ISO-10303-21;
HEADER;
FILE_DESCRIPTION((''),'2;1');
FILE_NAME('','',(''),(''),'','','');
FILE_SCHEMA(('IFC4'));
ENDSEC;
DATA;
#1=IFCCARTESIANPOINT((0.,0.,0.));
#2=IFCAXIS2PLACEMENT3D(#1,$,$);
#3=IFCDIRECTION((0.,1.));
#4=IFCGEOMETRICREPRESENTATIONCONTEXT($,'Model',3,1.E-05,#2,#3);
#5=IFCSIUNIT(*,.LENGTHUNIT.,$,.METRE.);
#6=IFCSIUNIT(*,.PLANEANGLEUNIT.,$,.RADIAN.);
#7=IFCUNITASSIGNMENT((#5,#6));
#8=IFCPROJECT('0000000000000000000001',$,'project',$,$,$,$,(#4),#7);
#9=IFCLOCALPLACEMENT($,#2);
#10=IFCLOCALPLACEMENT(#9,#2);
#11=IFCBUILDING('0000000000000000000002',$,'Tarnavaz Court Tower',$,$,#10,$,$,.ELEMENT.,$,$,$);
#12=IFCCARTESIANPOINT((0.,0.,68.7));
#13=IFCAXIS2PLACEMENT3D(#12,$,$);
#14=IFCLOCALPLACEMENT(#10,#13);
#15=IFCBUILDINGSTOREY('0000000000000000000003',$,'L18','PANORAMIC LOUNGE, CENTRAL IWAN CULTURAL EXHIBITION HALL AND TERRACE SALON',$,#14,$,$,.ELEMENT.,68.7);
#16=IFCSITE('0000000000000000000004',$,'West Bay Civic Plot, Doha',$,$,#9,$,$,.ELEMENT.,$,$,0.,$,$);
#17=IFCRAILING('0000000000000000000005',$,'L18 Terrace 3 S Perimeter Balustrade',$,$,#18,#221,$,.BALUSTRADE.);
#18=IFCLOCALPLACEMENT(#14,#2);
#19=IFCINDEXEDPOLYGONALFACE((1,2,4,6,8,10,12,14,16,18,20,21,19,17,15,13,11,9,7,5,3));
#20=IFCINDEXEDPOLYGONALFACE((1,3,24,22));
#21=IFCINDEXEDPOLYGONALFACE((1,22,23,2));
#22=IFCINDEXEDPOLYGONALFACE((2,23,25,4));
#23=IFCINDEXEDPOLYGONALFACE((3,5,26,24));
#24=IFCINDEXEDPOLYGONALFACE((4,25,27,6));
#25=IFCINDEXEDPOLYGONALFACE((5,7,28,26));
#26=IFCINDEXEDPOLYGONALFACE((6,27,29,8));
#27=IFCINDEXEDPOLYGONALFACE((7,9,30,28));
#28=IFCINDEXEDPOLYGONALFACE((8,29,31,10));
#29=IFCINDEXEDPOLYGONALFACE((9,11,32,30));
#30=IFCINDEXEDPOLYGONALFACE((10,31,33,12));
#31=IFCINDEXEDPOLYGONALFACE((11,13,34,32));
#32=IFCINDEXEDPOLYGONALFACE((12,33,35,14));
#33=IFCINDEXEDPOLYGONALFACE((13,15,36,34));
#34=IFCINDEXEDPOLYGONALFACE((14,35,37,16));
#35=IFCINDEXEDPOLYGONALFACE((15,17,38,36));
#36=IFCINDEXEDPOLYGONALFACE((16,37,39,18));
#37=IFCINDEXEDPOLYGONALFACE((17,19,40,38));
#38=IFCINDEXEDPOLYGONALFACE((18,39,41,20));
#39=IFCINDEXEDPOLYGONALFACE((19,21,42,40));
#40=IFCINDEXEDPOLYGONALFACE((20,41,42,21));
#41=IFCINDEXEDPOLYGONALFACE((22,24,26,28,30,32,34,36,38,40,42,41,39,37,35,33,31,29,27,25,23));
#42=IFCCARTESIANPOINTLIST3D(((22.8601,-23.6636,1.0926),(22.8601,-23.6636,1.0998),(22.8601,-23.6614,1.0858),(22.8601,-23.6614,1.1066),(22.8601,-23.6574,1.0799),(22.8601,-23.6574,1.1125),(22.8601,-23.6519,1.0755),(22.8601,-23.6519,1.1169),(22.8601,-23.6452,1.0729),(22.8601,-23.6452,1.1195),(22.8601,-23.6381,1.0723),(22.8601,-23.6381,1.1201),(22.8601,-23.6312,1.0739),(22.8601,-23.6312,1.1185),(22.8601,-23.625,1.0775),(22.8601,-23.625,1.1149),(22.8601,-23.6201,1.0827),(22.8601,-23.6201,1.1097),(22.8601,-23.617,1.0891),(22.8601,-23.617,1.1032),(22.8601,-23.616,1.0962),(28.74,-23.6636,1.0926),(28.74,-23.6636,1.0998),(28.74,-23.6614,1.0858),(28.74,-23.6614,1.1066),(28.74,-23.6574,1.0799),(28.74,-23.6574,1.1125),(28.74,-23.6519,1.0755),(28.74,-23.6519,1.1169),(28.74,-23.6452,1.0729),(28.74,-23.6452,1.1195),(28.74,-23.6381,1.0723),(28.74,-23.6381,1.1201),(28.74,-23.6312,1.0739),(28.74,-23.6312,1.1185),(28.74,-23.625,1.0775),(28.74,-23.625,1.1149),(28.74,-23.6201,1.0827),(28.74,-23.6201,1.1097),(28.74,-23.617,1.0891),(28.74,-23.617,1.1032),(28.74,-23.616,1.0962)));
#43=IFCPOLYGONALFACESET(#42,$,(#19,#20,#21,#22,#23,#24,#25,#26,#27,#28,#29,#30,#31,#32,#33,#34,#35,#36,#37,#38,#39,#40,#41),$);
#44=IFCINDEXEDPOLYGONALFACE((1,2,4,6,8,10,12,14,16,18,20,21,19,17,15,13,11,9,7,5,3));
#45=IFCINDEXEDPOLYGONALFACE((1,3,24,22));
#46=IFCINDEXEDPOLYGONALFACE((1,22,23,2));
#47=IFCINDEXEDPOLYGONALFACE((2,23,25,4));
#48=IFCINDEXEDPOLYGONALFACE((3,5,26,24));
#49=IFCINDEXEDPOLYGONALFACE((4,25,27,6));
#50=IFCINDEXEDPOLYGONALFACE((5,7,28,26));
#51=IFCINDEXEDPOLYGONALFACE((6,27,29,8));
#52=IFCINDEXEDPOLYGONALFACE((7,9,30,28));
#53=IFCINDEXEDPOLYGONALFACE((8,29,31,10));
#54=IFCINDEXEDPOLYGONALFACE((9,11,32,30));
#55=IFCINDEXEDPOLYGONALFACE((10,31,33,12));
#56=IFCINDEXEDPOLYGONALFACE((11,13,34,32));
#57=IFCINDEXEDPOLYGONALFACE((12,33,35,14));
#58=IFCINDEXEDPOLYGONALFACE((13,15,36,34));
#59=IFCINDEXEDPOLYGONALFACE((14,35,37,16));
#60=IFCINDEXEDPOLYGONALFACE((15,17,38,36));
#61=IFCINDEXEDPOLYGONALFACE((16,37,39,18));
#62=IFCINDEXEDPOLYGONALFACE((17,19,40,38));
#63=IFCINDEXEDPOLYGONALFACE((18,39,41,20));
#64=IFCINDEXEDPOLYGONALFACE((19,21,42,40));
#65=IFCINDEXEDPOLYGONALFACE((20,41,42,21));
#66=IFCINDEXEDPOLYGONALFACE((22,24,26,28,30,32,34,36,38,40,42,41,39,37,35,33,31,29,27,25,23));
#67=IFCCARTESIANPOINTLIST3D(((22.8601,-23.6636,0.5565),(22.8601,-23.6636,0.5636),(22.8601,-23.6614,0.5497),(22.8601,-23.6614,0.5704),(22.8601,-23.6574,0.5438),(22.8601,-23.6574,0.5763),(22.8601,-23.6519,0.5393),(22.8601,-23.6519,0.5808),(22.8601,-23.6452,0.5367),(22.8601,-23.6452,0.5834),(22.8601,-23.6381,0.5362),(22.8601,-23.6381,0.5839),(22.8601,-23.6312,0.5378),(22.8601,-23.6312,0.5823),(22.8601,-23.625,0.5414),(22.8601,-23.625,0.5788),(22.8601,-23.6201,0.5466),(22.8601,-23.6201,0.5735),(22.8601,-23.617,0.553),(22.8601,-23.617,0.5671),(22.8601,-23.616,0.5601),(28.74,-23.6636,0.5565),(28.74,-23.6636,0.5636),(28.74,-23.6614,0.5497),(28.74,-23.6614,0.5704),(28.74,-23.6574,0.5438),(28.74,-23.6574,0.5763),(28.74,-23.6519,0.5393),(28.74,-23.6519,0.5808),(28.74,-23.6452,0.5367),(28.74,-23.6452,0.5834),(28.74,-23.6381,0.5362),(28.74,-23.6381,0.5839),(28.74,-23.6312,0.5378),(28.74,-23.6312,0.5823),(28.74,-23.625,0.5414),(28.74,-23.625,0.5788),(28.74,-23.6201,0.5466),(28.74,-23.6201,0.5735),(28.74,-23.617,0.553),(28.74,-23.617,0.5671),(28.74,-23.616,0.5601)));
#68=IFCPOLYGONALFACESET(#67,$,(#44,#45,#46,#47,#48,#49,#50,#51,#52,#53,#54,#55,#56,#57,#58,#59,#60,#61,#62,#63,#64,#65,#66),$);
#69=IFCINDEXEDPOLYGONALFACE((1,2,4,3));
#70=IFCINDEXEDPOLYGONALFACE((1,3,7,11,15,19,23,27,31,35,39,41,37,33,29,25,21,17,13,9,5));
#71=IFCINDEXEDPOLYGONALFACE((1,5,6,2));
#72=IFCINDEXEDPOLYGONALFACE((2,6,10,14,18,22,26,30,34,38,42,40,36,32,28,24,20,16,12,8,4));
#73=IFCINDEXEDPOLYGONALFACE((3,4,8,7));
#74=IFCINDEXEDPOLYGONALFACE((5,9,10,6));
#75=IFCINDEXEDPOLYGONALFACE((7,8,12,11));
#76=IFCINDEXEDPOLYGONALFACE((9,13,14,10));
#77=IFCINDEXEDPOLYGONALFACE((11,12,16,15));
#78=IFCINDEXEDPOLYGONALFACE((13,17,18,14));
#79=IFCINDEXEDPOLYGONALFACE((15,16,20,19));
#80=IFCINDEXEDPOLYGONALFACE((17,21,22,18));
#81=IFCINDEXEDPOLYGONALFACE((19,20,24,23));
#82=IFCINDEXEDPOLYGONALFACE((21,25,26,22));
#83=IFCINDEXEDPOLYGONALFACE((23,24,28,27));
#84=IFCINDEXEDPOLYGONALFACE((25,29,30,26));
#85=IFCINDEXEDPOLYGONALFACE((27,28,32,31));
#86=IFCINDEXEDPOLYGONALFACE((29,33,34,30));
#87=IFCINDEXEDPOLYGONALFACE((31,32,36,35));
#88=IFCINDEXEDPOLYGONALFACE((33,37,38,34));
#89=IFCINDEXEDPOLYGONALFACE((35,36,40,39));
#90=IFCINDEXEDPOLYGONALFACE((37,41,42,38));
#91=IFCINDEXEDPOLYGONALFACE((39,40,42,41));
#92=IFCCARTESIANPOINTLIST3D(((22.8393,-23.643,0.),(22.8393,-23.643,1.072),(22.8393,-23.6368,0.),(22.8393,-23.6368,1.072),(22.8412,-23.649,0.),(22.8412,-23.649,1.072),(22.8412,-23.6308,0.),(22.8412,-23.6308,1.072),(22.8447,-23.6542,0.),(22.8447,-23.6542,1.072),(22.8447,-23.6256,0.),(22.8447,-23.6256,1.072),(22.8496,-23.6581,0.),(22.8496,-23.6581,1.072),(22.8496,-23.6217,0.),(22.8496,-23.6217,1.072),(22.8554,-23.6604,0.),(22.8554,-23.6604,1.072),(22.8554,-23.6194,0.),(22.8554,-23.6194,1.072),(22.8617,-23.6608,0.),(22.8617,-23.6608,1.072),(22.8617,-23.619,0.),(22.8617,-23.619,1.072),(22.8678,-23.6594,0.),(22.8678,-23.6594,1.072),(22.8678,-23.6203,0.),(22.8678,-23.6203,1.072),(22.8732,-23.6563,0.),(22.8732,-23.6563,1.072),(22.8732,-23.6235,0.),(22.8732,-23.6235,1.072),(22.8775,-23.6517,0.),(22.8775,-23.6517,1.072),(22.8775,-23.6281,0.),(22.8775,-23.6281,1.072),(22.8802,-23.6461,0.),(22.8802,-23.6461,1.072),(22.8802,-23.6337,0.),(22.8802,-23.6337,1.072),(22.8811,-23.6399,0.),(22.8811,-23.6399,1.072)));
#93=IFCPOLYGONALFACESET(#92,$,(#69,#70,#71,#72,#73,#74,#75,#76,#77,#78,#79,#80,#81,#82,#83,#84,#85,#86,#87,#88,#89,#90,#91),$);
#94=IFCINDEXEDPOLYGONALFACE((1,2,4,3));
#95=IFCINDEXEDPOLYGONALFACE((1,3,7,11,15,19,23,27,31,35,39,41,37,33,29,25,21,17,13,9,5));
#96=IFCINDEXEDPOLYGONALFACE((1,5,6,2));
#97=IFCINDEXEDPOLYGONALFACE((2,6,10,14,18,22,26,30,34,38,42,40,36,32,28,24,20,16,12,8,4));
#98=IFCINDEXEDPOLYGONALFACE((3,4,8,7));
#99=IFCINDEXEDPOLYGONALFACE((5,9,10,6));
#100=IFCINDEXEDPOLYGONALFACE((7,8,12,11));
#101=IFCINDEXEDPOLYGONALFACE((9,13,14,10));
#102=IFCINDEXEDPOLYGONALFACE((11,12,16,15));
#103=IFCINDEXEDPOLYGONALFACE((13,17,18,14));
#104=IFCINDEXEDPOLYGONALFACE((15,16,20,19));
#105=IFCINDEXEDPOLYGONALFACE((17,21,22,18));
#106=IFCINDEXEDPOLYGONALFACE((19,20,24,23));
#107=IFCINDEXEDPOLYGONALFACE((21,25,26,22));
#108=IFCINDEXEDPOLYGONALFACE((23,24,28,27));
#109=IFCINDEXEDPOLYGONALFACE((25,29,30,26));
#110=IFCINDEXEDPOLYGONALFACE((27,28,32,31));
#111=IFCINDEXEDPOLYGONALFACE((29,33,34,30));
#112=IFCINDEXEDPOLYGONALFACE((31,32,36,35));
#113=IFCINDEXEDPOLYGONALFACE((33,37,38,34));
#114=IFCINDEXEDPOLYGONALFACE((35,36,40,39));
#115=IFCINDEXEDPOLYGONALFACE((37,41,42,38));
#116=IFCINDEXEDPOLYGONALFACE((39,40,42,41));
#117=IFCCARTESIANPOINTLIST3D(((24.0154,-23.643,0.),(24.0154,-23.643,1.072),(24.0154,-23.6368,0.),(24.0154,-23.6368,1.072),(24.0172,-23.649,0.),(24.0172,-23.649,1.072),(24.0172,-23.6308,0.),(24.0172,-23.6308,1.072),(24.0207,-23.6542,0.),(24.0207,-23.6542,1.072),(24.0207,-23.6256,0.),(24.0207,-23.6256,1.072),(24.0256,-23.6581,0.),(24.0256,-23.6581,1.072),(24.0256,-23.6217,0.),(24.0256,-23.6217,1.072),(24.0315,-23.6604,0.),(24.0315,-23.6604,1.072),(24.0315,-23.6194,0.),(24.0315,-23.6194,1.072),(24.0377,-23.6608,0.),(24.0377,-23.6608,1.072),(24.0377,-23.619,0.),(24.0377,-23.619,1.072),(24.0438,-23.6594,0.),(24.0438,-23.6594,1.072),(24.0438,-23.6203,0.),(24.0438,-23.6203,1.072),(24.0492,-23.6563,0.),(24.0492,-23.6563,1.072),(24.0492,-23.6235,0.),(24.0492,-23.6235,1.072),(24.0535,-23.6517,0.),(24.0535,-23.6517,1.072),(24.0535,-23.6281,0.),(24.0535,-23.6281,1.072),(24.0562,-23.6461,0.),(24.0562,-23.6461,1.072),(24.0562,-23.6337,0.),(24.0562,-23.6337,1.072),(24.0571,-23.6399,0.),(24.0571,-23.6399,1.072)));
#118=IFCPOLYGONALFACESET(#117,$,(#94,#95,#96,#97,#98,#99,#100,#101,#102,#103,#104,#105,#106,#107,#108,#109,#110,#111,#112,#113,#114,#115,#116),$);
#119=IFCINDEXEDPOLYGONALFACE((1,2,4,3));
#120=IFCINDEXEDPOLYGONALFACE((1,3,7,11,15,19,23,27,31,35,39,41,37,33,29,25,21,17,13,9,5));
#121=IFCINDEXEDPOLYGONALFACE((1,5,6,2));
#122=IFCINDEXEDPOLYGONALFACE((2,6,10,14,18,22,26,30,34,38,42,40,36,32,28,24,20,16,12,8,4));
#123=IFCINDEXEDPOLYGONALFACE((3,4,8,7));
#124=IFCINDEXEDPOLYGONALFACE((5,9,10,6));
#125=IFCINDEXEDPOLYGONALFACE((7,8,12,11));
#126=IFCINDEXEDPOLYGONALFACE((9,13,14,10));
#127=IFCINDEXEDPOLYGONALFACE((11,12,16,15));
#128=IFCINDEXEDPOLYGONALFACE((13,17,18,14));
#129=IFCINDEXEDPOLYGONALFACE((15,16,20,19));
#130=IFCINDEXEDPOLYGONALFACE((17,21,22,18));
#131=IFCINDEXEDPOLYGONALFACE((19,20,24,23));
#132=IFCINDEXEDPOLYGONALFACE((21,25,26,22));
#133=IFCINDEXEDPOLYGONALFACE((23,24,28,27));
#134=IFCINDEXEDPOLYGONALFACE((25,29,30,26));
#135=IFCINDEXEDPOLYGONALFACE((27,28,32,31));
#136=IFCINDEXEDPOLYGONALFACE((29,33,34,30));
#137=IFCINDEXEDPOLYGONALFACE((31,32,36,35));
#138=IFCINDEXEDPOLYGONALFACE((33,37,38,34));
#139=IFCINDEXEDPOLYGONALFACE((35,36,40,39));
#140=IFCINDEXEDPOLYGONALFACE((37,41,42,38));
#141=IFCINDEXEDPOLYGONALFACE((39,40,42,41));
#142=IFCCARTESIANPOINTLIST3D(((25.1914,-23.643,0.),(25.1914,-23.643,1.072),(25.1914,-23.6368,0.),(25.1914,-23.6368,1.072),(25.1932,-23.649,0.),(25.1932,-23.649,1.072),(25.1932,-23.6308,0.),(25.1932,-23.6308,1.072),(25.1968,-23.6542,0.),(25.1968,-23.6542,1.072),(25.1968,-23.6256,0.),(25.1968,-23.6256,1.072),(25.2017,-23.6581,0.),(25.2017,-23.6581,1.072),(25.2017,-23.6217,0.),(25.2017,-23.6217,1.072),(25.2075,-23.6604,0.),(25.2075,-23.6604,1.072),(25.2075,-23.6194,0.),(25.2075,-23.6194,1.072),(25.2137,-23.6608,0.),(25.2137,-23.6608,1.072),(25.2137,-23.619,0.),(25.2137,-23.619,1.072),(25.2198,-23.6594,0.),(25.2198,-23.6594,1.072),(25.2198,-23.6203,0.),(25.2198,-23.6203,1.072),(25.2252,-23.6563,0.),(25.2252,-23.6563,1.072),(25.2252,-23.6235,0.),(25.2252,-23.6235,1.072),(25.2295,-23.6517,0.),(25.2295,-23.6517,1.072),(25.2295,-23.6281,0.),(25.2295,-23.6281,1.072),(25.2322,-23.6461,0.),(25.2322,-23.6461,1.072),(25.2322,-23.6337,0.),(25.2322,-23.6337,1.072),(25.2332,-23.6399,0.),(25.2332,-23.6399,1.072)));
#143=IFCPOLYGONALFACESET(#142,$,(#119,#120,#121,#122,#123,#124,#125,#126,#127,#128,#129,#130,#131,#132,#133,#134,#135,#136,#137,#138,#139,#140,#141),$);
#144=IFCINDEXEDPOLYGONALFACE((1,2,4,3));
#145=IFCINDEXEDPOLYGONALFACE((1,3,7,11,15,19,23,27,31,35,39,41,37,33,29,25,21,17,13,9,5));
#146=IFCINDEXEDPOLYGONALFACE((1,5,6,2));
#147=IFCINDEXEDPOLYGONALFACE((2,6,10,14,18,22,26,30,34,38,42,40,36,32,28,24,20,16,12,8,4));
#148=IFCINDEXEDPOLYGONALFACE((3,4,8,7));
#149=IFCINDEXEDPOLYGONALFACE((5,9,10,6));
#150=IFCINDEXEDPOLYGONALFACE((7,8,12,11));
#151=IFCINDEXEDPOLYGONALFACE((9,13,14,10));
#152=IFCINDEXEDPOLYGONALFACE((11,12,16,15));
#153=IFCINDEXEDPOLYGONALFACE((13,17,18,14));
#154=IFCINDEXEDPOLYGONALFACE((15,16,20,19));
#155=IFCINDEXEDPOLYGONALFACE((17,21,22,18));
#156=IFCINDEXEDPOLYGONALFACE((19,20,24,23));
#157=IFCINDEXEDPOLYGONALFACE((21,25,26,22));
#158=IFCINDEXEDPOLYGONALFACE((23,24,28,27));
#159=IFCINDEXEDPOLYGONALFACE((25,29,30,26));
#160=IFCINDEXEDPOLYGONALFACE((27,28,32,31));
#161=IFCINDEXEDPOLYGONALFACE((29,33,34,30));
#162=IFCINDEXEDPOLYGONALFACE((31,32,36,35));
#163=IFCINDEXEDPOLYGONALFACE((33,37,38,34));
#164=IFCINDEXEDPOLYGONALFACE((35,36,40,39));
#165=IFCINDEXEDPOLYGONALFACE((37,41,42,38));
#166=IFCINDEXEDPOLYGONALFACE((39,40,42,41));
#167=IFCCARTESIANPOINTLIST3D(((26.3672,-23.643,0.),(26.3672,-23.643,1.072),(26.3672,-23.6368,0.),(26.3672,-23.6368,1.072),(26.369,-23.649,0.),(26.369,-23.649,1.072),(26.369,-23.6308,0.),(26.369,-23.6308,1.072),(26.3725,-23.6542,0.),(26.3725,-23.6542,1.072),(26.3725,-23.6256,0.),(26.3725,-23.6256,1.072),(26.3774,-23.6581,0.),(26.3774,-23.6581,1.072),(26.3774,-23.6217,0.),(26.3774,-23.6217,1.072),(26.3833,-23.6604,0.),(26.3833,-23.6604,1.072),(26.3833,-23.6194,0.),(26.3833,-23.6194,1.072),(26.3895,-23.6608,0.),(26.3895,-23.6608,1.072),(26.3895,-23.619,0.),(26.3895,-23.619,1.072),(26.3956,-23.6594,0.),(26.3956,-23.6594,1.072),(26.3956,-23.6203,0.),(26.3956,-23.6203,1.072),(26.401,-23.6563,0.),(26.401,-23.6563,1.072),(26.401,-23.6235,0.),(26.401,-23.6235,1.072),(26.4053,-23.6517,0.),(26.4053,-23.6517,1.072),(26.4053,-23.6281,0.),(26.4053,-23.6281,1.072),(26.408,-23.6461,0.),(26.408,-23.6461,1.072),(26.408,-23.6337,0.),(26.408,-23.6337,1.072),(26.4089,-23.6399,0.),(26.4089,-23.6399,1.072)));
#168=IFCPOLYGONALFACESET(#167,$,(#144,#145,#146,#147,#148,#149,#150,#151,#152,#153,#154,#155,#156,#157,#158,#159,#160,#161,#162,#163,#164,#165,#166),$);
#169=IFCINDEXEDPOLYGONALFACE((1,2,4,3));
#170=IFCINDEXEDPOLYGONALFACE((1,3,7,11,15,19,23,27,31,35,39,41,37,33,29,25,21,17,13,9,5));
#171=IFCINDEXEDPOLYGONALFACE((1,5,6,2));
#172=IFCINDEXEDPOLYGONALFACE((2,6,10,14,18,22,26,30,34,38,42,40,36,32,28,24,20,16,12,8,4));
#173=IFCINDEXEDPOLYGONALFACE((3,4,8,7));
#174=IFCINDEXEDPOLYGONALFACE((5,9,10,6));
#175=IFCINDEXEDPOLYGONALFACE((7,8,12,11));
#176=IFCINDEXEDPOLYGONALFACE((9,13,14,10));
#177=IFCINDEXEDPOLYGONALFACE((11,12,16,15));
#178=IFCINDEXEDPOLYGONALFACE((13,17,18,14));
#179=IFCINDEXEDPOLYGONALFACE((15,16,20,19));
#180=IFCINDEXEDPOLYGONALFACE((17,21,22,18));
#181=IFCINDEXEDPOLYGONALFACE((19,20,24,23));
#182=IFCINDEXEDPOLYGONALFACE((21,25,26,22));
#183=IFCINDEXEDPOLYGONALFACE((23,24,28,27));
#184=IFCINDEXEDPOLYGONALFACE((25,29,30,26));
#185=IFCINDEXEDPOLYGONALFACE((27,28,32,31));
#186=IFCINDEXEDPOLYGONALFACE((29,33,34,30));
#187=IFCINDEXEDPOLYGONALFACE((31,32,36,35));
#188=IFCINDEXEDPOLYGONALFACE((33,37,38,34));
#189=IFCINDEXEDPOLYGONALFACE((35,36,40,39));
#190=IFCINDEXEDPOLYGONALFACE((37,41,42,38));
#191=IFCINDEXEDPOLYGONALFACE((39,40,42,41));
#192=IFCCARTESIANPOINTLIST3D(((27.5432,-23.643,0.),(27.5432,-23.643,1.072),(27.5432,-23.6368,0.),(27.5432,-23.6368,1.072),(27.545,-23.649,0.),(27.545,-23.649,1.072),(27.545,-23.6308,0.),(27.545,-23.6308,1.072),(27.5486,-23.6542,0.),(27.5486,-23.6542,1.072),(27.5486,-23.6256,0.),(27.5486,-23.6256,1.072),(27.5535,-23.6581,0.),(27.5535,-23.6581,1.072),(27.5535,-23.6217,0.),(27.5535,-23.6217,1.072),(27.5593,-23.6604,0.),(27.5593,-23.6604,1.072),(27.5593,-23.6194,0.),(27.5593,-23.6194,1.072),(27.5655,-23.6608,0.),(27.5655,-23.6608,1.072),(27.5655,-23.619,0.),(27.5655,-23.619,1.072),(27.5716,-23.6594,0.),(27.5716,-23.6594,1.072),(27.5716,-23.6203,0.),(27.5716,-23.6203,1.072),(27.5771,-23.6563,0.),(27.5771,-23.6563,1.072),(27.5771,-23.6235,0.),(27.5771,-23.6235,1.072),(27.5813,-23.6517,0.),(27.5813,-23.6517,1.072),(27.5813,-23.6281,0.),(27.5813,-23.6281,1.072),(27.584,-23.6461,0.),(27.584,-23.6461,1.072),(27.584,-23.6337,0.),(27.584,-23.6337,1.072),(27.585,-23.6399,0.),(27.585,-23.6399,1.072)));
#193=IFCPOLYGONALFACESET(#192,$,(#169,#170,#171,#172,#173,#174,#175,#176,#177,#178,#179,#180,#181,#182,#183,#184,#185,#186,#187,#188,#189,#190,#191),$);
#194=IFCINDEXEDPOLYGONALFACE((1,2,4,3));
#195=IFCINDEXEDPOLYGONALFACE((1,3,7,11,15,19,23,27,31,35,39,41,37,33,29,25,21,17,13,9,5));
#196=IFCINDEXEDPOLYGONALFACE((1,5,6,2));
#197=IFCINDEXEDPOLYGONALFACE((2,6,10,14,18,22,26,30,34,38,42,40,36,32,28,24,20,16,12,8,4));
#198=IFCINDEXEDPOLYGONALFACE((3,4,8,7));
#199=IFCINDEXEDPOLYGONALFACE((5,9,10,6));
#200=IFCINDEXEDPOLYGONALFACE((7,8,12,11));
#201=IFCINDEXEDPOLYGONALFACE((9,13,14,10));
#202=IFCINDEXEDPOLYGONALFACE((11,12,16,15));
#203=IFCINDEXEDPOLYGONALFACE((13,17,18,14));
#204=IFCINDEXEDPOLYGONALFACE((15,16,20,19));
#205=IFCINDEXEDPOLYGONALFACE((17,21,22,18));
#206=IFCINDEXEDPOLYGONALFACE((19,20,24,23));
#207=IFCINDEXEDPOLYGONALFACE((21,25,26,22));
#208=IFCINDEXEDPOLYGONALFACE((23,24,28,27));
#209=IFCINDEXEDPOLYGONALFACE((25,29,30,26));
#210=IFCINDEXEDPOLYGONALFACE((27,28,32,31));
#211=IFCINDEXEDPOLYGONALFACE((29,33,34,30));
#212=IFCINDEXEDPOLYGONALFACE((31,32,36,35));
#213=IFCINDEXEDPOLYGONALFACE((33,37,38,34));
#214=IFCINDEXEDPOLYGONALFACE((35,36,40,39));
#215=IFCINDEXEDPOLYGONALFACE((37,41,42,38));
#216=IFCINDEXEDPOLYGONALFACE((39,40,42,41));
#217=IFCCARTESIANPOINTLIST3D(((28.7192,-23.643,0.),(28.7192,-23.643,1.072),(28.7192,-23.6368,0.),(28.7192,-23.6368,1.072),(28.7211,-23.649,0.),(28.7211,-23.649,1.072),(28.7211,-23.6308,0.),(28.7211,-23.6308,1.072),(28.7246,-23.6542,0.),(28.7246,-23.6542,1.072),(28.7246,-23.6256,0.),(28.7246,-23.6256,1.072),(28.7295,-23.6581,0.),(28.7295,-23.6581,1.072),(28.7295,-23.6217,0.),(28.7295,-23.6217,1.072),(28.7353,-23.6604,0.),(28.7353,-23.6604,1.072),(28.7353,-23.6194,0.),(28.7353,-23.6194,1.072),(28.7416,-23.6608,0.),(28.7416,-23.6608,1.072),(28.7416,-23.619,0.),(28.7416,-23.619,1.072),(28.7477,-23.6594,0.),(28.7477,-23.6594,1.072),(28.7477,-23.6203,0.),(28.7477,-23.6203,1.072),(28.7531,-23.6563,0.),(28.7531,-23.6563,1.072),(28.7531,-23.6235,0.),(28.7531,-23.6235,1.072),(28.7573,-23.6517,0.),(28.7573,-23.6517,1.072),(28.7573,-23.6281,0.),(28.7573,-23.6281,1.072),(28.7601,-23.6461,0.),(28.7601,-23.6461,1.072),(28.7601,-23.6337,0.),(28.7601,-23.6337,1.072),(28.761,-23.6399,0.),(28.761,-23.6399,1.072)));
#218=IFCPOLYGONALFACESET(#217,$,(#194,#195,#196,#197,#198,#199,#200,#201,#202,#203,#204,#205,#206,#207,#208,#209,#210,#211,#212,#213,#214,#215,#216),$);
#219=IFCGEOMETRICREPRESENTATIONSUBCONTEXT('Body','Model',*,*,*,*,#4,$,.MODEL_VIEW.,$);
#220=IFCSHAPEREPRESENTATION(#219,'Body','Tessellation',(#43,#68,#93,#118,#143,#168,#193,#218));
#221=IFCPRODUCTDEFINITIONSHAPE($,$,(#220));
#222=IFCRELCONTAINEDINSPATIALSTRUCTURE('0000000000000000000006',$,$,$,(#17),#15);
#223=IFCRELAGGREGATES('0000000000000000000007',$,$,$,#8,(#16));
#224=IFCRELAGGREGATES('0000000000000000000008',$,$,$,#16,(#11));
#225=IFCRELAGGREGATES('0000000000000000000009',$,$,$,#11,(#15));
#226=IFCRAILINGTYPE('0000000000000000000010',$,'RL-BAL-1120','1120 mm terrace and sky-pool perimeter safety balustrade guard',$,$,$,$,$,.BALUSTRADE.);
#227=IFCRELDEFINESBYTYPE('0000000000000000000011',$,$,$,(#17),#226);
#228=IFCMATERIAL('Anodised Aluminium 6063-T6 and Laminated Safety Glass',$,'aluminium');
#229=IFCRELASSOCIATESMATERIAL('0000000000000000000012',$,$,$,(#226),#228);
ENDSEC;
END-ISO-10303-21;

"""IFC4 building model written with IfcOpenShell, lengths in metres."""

from ifc_helpers import new_model, si_unit, direction, frame, origin, origin_2d, place, context, subcontext, project, spatial, circle, extrude, material, type_object, element, save


model = new_model("IFC4")

# Units and contexts
model_context = context("Model", 3, precision=1e-05, world=origin(), true_north=direction((0.0, 1.0)))
body_context = subcontext(model_context, "Body", "Model", "MODEL_VIEW")
ifc_project = project(units=[si_unit("LENGTHUNIT", "METRE"), si_unit("PLANEANGLEUNIT", "RADIAN")], contexts=[model_context])

# Site, building, storey
site_placement = place(None, origin())
site = spatial("IfcSite", under=ifc_project, at=site_placement, Name="West Bay Civic Plot, Doha", CompositionType="ELEMENT", RefElevation=0.0)
building_placement = place(site_placement, origin())
building = spatial("IfcBuilding", under=site, at=building_placement, Name="Tarnavaz Court Tower", CompositionType="ELEMENT")
storey_placement = place(building_placement, frame((0.0, 0.0, 68.7)))
storey = spatial("IfcBuildingStorey", under=building, at=storey_placement, Name="L18", Description="PANORAMIC LOUNGE, CENTRAL IWAN CULTURAL EXHIBITION HALL AND TERRACE SALON", CompositionType="ELEMENT", Elevation=68.7)

# Railing
ifc_material_1 = material(Name="Anodised Aluminium 6063-T6 and Laminated Safety Glass", Category="aluminium")
railing_type = type_object("IfcRailingType", Name="RL-BAL-1120", Description="1120 mm terrace and sky-pool perimeter safety balustrade guard", PredefinedType="BALUSTRADE", material=ifc_material_1)
railing_1_placement = place(storey_placement, frame((22.8601, -23.6399, 0.0)))
element("IfcRailing", 1, at=railing_1_placement, inside=storey, type_object=railing_type, Name="L18 Terrace 3 S Perimeter Balustrade", PredefinedType="BALUSTRADE", context=body_context, shape_type="SweptSolid", body=[
    extrude(circle(Radius=0.0239, at=origin_2d()), frame((0.0, 0.0, 1.0962), z_axis=(1.0, 0.0, 0.0), x_axis=(0.0, 1.0, 0.0)), (0.0, 0.0, 1.0), 5.8799),
    extrude(circle(Radius=0.0239, at=origin_2d()), frame((0.0, 0.0, 0.5601), z_axis=(1.0, 0.0, 0.0), x_axis=(0.0, 1.0, 0.0)), (0.0, 0.0, 1.0), 5.8799),
    extrude(circle(Radius=0.021, at=origin_2d()), origin(), (0.0, 0.0, 1.0), 1.072),
    extrude(circle(Radius=0.021, at=origin_2d()), frame((1.176, 0.0, 0.0)), (0.0, 0.0, 1.0), 1.072),
    extrude(circle(Radius=0.021, at=origin_2d()), frame((2.3521, 0.0, 0.0)), (0.0, 0.0, 1.0), 1.072),
    extrude(circle(Radius=0.021, at=origin_2d()), frame((3.5278, 0.0, 0.0)), (0.0, 0.0, 1.0), 1.072),
    extrude(circle(Radius=0.021, at=origin_2d()), frame((4.7039, 0.0, 0.0)), (0.0, 0.0, 1.0), 1.072),
    extrude(circle(Radius=0.021, at=origin_2d()), frame((5.8799, 0.0, 0.0)), (0.0, 0.0, 1.0), 1.072),
])

save(model, "model.ifc")
